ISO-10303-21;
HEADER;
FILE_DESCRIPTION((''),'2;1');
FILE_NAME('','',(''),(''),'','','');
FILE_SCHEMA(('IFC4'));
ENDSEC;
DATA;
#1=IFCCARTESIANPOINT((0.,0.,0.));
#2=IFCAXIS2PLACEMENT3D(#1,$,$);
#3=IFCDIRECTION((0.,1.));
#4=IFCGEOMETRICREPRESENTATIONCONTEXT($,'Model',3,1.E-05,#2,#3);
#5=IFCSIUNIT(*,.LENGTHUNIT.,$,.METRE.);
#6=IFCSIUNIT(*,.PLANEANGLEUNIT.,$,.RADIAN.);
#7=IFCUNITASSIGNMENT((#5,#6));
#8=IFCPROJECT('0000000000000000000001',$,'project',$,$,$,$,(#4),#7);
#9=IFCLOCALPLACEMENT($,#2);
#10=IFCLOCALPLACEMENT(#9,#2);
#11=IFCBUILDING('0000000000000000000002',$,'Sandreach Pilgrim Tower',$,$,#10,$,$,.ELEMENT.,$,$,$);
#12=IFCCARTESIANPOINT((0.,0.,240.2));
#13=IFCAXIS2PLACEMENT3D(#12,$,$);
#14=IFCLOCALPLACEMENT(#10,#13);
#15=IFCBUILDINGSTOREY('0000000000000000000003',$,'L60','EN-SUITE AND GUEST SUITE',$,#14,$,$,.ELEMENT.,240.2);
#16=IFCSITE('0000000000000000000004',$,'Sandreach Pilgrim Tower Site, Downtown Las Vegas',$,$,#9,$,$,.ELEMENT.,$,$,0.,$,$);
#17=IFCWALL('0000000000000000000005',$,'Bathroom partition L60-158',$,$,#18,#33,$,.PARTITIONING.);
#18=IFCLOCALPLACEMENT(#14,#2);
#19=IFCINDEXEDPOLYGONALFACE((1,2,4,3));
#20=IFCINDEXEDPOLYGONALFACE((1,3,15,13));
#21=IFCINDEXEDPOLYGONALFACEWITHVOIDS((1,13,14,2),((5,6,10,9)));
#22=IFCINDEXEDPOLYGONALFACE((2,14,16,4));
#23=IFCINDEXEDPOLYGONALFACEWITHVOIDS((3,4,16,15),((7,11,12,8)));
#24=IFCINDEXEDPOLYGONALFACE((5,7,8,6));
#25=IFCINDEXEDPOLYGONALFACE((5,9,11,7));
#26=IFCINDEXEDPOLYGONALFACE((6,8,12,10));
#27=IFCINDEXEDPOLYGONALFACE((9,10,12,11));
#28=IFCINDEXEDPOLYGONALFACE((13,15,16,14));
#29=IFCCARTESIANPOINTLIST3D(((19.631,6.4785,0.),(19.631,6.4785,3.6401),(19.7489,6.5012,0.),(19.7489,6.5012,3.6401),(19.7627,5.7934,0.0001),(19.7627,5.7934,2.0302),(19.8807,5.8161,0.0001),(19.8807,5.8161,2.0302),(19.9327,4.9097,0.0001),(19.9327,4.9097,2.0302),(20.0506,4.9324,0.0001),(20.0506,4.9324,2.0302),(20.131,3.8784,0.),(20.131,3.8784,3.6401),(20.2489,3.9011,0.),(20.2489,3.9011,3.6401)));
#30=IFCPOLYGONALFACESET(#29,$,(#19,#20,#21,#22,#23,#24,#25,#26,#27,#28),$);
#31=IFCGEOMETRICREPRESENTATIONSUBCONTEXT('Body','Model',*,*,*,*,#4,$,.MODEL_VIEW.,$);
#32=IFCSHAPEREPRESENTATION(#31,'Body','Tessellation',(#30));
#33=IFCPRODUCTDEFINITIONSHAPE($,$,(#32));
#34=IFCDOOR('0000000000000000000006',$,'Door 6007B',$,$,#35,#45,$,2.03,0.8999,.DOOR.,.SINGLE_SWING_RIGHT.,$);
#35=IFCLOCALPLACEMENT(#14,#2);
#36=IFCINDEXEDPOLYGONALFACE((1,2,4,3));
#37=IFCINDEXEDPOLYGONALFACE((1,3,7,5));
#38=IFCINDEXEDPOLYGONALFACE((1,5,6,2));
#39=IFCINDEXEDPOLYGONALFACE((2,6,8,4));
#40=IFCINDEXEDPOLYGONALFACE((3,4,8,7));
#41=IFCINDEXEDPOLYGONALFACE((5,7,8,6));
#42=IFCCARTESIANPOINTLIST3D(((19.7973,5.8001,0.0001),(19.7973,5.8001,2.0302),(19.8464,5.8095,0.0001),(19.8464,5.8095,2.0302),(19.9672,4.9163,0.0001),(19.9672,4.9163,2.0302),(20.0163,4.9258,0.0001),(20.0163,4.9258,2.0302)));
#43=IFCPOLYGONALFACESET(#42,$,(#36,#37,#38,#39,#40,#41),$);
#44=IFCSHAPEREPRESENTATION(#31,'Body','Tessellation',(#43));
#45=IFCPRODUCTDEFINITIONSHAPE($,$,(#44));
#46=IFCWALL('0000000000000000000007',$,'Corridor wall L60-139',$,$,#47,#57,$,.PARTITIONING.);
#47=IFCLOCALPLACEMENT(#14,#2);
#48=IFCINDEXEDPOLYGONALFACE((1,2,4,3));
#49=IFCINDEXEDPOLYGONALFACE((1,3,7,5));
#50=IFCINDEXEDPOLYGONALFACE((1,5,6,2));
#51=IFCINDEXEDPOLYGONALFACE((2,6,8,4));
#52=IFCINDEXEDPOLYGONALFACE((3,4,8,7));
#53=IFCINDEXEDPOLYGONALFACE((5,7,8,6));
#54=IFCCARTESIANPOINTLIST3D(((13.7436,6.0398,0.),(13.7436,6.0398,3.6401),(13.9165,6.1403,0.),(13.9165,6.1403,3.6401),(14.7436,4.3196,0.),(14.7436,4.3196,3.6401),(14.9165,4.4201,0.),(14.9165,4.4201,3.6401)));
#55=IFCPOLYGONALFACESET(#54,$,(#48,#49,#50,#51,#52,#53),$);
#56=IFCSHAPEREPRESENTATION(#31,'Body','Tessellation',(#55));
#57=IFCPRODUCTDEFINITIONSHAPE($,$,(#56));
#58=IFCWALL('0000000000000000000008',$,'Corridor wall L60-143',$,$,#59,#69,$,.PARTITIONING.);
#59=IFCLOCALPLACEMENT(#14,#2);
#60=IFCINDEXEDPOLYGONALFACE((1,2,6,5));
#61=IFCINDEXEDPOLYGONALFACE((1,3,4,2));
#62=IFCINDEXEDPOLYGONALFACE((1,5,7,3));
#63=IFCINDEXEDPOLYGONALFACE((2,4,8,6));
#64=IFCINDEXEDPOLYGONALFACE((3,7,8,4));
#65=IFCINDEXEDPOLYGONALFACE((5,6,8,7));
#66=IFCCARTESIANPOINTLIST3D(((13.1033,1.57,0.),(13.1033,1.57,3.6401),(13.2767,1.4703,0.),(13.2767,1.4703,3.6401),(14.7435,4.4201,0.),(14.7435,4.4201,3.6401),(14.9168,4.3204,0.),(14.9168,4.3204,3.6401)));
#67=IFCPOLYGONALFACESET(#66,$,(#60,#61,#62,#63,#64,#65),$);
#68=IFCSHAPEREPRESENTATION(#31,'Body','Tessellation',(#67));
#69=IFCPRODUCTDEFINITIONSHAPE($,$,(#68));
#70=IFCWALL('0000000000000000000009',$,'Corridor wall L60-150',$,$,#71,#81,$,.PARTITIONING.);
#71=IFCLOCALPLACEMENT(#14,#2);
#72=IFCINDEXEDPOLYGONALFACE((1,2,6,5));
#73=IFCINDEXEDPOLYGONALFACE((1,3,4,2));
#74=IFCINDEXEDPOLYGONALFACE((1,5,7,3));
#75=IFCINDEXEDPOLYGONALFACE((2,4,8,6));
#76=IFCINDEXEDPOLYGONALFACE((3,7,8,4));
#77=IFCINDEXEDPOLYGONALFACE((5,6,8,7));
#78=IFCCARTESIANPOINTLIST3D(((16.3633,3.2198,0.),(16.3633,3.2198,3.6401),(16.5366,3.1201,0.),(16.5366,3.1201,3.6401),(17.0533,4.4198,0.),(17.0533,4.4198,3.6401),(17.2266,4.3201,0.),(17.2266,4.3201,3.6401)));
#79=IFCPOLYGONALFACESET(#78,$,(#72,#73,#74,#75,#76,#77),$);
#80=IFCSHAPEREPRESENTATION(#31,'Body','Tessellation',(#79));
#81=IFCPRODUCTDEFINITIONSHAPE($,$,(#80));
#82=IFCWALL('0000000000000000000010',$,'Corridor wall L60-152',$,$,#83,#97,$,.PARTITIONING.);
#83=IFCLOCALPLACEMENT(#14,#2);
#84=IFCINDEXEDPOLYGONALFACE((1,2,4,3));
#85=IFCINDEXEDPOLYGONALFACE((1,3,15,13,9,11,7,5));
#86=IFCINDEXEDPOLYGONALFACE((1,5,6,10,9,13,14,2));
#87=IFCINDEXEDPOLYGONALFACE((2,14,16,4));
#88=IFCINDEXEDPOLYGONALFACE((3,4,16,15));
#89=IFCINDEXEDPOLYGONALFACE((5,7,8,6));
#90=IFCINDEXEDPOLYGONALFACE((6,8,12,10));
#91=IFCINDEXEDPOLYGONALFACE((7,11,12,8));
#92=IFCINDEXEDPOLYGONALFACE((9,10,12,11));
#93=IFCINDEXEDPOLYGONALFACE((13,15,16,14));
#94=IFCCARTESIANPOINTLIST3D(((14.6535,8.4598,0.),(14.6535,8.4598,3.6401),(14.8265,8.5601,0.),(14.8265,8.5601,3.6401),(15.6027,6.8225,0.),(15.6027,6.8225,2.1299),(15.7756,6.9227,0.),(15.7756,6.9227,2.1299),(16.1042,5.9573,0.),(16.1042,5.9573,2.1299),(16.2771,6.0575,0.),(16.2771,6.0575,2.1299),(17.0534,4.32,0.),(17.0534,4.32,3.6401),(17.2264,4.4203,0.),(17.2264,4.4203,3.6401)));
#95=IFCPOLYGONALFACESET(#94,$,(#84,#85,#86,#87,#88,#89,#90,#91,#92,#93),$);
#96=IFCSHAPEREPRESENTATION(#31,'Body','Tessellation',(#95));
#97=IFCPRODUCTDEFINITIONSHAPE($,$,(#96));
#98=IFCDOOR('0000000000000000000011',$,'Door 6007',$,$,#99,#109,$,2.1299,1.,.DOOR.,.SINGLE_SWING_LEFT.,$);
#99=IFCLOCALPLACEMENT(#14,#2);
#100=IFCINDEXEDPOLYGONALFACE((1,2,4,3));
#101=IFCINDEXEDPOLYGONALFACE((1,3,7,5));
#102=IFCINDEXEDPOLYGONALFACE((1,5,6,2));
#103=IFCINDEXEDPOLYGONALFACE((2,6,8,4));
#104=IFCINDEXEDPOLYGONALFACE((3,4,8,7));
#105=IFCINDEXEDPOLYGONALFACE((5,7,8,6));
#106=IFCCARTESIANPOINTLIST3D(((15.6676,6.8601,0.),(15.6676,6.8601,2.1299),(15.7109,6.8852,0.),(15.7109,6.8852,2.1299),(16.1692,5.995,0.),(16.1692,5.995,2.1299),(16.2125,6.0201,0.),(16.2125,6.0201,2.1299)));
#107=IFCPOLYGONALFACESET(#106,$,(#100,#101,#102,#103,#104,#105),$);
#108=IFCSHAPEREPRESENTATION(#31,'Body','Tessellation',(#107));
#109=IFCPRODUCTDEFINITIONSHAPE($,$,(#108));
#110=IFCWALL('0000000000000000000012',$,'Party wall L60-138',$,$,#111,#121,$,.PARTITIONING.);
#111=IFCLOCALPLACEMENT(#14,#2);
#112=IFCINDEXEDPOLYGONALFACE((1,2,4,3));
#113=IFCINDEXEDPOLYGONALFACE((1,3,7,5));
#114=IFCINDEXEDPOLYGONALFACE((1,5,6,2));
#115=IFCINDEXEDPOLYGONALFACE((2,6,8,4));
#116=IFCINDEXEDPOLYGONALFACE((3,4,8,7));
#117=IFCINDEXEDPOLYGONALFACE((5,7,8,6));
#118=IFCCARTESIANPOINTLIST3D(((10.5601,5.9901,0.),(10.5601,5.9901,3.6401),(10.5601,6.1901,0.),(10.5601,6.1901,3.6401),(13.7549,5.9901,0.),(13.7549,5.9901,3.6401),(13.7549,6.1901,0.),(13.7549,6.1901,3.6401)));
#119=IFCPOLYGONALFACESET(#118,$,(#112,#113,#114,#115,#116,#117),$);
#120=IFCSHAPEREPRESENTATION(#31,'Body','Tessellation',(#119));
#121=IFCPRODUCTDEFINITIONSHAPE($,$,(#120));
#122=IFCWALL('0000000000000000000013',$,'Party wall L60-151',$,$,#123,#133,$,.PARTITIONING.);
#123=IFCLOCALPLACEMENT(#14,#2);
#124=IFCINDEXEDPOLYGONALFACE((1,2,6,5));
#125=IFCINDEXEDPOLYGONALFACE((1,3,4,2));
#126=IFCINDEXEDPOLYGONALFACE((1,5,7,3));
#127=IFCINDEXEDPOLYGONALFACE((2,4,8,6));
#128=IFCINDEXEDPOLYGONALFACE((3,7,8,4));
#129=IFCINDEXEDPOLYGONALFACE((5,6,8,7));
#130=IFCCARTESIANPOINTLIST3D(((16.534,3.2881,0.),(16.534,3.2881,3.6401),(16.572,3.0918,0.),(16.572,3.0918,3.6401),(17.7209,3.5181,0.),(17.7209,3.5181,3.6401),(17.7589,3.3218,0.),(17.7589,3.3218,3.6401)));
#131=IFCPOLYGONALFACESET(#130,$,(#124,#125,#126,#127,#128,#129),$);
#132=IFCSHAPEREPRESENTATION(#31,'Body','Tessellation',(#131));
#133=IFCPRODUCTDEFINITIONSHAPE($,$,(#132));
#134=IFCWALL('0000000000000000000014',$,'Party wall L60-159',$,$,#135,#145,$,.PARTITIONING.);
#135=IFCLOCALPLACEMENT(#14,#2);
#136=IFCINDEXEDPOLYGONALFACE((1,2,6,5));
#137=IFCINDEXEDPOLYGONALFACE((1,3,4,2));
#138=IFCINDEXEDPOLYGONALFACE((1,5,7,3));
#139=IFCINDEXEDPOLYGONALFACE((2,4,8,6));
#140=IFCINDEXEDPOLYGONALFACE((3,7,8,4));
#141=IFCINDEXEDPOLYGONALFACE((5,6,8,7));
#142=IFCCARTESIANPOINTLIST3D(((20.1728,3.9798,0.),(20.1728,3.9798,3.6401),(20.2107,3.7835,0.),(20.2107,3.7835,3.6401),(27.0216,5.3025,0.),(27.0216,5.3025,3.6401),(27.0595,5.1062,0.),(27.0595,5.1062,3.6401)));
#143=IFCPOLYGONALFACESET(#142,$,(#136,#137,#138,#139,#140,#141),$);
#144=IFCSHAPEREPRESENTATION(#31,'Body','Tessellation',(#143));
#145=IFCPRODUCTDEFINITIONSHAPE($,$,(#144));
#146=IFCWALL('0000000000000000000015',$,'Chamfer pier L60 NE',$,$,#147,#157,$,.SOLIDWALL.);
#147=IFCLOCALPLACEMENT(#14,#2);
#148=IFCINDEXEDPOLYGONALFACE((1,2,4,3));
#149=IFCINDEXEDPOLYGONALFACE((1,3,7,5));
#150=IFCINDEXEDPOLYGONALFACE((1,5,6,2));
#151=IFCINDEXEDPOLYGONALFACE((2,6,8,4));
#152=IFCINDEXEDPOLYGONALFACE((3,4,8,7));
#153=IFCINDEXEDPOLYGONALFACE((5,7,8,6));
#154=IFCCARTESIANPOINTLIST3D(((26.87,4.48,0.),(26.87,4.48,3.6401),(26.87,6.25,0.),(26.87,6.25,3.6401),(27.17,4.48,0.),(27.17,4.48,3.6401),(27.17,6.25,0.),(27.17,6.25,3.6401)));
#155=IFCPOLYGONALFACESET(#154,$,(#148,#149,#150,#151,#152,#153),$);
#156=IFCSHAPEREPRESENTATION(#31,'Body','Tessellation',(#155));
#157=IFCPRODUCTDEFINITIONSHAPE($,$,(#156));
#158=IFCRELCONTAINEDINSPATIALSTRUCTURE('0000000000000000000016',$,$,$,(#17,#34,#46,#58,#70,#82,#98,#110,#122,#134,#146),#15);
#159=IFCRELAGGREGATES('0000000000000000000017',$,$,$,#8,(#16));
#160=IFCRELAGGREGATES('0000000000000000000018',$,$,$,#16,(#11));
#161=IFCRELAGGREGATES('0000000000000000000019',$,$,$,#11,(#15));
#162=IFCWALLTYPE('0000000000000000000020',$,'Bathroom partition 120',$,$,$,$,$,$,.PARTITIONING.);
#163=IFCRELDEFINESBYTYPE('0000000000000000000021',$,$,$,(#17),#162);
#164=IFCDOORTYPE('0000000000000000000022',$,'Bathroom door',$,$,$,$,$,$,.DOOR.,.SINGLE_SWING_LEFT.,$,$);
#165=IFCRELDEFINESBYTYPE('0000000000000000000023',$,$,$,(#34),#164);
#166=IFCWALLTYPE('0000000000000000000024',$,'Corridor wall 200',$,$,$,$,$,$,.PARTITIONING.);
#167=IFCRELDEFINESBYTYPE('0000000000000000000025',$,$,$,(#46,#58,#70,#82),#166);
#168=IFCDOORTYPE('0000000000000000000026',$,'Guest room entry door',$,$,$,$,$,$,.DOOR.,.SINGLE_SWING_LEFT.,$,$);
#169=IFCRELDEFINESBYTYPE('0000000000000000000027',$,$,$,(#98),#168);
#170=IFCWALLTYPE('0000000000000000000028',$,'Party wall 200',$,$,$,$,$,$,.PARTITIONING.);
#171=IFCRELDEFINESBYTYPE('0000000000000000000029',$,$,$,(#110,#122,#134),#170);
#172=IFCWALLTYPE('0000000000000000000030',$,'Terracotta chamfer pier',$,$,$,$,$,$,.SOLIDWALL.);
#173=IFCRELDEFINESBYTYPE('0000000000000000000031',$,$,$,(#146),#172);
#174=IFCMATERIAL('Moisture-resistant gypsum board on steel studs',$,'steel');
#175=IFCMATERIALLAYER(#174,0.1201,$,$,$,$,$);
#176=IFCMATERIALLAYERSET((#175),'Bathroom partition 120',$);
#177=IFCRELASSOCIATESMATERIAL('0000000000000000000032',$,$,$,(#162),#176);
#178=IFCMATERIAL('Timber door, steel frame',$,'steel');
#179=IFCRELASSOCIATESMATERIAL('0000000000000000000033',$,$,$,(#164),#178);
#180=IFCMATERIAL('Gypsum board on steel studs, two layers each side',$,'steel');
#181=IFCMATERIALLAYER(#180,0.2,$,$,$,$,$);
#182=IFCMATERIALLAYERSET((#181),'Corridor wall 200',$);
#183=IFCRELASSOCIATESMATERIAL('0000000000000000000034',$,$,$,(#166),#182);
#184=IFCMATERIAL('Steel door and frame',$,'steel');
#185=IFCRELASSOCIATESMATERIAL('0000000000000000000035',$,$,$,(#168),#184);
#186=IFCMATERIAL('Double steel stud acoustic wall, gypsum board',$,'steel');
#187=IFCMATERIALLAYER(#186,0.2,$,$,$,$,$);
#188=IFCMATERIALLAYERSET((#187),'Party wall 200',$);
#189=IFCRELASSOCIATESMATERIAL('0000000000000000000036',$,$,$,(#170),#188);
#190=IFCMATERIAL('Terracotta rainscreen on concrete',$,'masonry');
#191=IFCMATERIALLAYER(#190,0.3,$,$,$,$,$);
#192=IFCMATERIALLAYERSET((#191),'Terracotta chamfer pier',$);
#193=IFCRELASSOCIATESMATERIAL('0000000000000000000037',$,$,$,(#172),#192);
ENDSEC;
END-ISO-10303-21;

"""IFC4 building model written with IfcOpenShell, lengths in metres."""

from ifc_helpers import new_model, si_unit, direction, frame, frame_2d, origin, place, context, subcontext, project, spatial, rectangle, extrude, material, layer, layer_set, type_object, element, fill, save


model = new_model("IFC4")

# Units and contexts
model_context = context("Model", 3, precision=1e-05, world=origin(), true_north=direction((0.0, 1.0)))
body_context = subcontext(model_context, "Body", "Model", "MODEL_VIEW")
ifc_project = project(units=[si_unit("LENGTHUNIT", "METRE"), si_unit("PLANEANGLEUNIT", "RADIAN")], contexts=[model_context])

# Site, building, storey
site_placement = place(None, origin())
site = spatial("IfcSite", under=ifc_project, at=site_placement, Name="Sandreach Pilgrim Tower Site, Downtown Las Vegas", CompositionType="ELEMENT", RefElevation=0.0)
building_placement = place(site_placement, origin())
building = spatial("IfcBuilding", under=site, at=building_placement, Name="Sandreach Pilgrim Tower", CompositionType="ELEMENT")
storey_placement = place(building_placement, frame((0.0, 0.0, 240.2)))
storey = spatial("IfcBuildingStorey", under=building, at=storey_placement, Name="L60", Description="EN-SUITE AND GUEST SUITE", CompositionType="ELEMENT", Elevation=240.2)

# Shared definitions
ifc_material_1 = material(Name="Moisture-resistant gypsum board on steel studs", Category="steel")
ifc_layer_1 = layer(ifc_material_1, 0.1201)
ifc_layer_set_1 = layer_set([ifc_layer_1], Name="Bathroom partition 120")
wall_type_1 = type_object("IfcWallType", Name="Bathroom partition 120", PredefinedType="PARTITIONING", material=ifc_layer_set_1)

# Wall, opening, door
wall_1_placement = place(storey_placement, frame((20.1899, 3.8899, 0.0), z_axis=(0.0, 0.0, 1.0), x_axis=(-0.188841, 0.982008, 0.0)))
wall_1 = element("IfcWall", 1, at=wall_1_placement, inside=storey, type_object=wall_type_1, Name="Bathroom partition L60-158", PredefinedType="PARTITIONING", context=body_context, shape_type="SweptSolid", body=[
    extrude(rectangle(XDim=2.6477, YDim=0.1201, at=frame_2d((1.3237, 0.0))), origin(), (0.0, 0.0, 1.0), 3.6401),
])
opening_1_placement = place(wall_1_placement, frame((1.05, 0.0, 0.0)))
opening_1 = element("IfcOpeningElement", 2, at=opening_1_placement, cuts=wall_1, PredefinedType="OPENING", context=body_context, shape_type="SweptSolid", body=[
    extrude(rectangle(XDim=0.8999, YDim=2.03, at=frame_2d((0.45, 1.0151))), frame((0.0, 0.0601, 0.0), z_axis=(0.0, -1.0, 0.0), x_axis=(1.0, 0.0, 0.0)), (0.0, 0.0, 1.0), 0.1201),
])
ifc_material_2 = material(Name="Timber door, steel frame", Category="steel")
door_type_1 = type_object("IfcDoorType", Name="Bathroom door", OperationType="SINGLE_SWING_LEFT", PredefinedType="DOOR", material=ifc_material_2)
door_1_placement = place(opening_1_placement, origin())
door_1 = element("IfcDoor", 3, at=door_1_placement, inside=storey, type_object=door_type_1, Name="Door 6007B", OperationType="SINGLE_SWING_RIGHT", OverallHeight=2.03, OverallWidth=0.8999, PredefinedType="DOOR", context=body_context, shape_type="SweptSolid", body=[
    extrude(rectangle(XDim=0.8999, YDim=2.03, at=frame_2d((0.45, 1.0151))), frame((0.0, 0.0249, 0.0), z_axis=(0.0, -1.0, 0.0), x_axis=(1.0, 0.0, 0.0)), (0.0, 0.0, 1.0), 0.05),
])
fill(opening_1, door_1)

# Walls
ifc_material_3 = material(Name="Gypsum board on steel studs, two layers each side", Category="steel")
ifc_layer_2 = layer(ifc_material_3, 0.2)
ifc_layer_set_2 = layer_set([ifc_layer_2], Name="Corridor wall 200")
wall_type_2 = type_object("IfcWallType", Name="Corridor wall 200", PredefinedType="PARTITIONING", material=ifc_layer_set_2)
wall_2_placement = place(storey_placement, frame((13.8301, 6.0901, 0.0), z_axis=(0.0, 0.0, 1.0), x_axis=(0.502574, -0.864534, 0.0)))
element("IfcWall", 4, at=wall_2_placement, inside=storey, type_object=wall_type_2, Name="Corridor wall L60-139", PredefinedType="PARTITIONING", context=body_context, shape_type="SweptSolid", body=[
    extrude(rectangle(XDim=1.9897, YDim=0.2, at=frame_2d((0.9949, 0.0))), origin(), (0.0, 0.0, 1.0), 3.6401),
])
wall_3_placement = place(storey_placement, frame((14.8301, 4.3701, 0.0), z_axis=(0.0, 0.0, 1.0), x_axis=(-0.498775, -0.866731, 0.0)))
element("IfcWall", 5, at=wall_3_placement, inside=storey, type_object=wall_type_2, Name="Corridor wall L60-143", PredefinedType="PARTITIONING", context=body_context, shape_type="SweptSolid", body=[
    extrude(rectangle(XDim=3.2883, YDim=0.2, at=frame_2d((1.644, 0.0))), origin(), (0.0, 0.0, 1.0), 3.6401),
])

# Shared definitions
ifc_material_4 = material(Name="Steel door and frame", Category="steel")
door_type_2 = type_object("IfcDoorType", Name="Guest room entry door", OperationType="SINGLE_SWING_LEFT", PredefinedType="DOOR", material=ifc_material_4)

# Wall
wall_4_placement = place(storey_placement, frame((16.45, 3.1699, 0.0), z_axis=(0.0, 0.0, 1.0), x_axis=(0.498455, 0.866916, 0.0)))
element("IfcWall", 6, at=wall_4_placement, inside=storey, type_object=wall_type_2, Name="Corridor wall L60-150", PredefinedType="PARTITIONING", context=body_context, shape_type="SweptSolid", body=[
    extrude(rectangle(XDim=1.3843, YDim=0.2, at=frame_2d((0.6921, 0.0))), origin(), (0.0, 0.0, 1.0), 3.6401),
])

# Wall, opening, door
wall_5_placement = place(storey_placement, frame((17.1399, 4.3701, 0.0), z_axis=(0.0, 0.0, 1.0), x_axis=(-0.501525, 0.865143, 0.0)))
wall_5 = element("IfcWall", 7, at=wall_5_placement, inside=storey, type_object=wall_type_2, Name="Corridor wall L60-152", PredefinedType="PARTITIONING", context=body_context, shape_type="SweptSolid", body=[
    extrude(rectangle(XDim=4.7852, YDim=0.2, at=frame_2d((2.3926, 0.0))), origin(), (0.0, 0.0, 1.0), 3.6401),
])
opening_2_placement = place(wall_5_placement, frame((1.8926, 0.0, 0.0)))
opening_2 = element("IfcOpeningElement", 8, at=opening_2_placement, cuts=wall_5, PredefinedType="OPENING", context=body_context, shape_type="SweptSolid", body=[
    extrude(rectangle(XDim=1.0, YDim=2.1299, at=frame_2d((0.5, 1.0649))), frame((0.0, 0.1001, 0.0), z_axis=(0.0, -1.0, 0.0), x_axis=(1.0, 0.0, 0.0)), (0.0, 0.0, 1.0), 0.2),
])
door_2_placement = place(opening_2_placement, origin())
door_2 = element("IfcDoor", 9, at=door_2_placement, inside=storey, type_object=door_type_2, Name="Door 6007", OperationType="SINGLE_SWING_LEFT", OverallHeight=2.1299, OverallWidth=1.0, PredefinedType="DOOR", context=body_context, shape_type="SweptSolid", body=[
    extrude(rectangle(XDim=1.0, YDim=2.1299, at=frame_2d((0.5, 1.0649))), frame((0.0, 0.0249, 0.0), z_axis=(0.0, -1.0, 0.0), x_axis=(1.0, 0.0, 0.0)), (0.0, 0.0, 1.0), 0.05),
])
fill(opening_2, door_2)

# Walls
ifc_material_5 = material(Name="Double steel stud acoustic wall, gypsum board", Category="steel")
ifc_layer_3 = layer(ifc_material_5, 0.2)
ifc_layer_set_3 = layer_set([ifc_layer_3], Name="Party wall 200")
wall_type_3 = type_object("IfcWallType", Name="Party wall 200", PredefinedType="PARTITIONING", material=ifc_layer_set_3)
wall_6_placement = place(storey_placement, frame((13.7549, 6.0901, 0.0), z_axis=(0.0, 0.0, 1.0), x_axis=(-1.0, 0.0, 0.0)))
element("IfcWall", 10, at=wall_6_placement, inside=storey, type_object=wall_type_3, Name="Party wall L60-138", PredefinedType="PARTITIONING", context=body_context, shape_type="SweptSolid", body=[
    extrude(rectangle(XDim=3.1948, YDim=0.2, at=frame_2d((1.5974, 0.0))), origin(), (0.0, 0.0, 1.0), 3.6401),
])
wall_7_placement = place(storey_placement, frame((16.553, 3.1899, 0.0), z_axis=(0.0, 0.0, 1.0), x_axis=(0.981743, 0.19021, 0.0)))
element("IfcWall", 11, at=wall_7_placement, inside=storey, type_object=wall_type_3, Name="Party wall L60-151", PredefinedType="PARTITIONING", context=body_context, shape_type="SweptSolid", body=[
    extrude(rectangle(XDim=1.209, YDim=0.2, at=frame_2d((0.6045, 0.0))), origin(), (0.0, 0.0, 1.0), 3.6401),
])
wall_8_placement = place(storey_placement, frame((20.1917, 3.8816, 0.0), z_axis=(0.0, 0.0, 1.0), x_axis=(0.981856, 0.18963, 0.0)))
element("IfcWall", 12, at=wall_8_placement, inside=storey, type_object=wall_type_3, Name="Party wall L60-159", PredefinedType="PARTITIONING", context=body_context, shape_type="SweptSolid", body=[
    extrude(rectangle(XDim=6.9753, YDim=0.2, at=frame_2d((3.4878, 0.0))), origin(), (0.0, 0.0, 1.0), 3.6401),
])
ifc_material_6 = material(Name="Terracotta rainscreen on concrete", Category="masonry")
ifc_layer_4 = layer(ifc_material_6, 0.3)
ifc_layer_set_4 = layer_set([ifc_layer_4], Name="Terracotta chamfer pier")
wall_type_4 = type_object("IfcWallType", Name="Terracotta chamfer pier", PredefinedType="SOLIDWALL", material=ifc_layer_set_4)
wall_9_placement = place(storey_placement, frame((27.02, 6.25, 0.0), z_axis=(0.0, 0.0, 1.0), x_axis=(0.0, -1.0, 0.0)))
element("IfcWall", 13, at=wall_9_placement, inside=storey, type_object=wall_type_4, Name="Chamfer pier L60 NE", PredefinedType="SOLIDWALL", context=body_context, shape_type="SweptSolid", body=[
    extrude(rectangle(XDim=1.77, YDim=0.3, at=frame_2d((0.885, 0.0))), origin(), (0.0, 0.0, 1.0), 3.6401),
])

save(model, "model.ifc")
